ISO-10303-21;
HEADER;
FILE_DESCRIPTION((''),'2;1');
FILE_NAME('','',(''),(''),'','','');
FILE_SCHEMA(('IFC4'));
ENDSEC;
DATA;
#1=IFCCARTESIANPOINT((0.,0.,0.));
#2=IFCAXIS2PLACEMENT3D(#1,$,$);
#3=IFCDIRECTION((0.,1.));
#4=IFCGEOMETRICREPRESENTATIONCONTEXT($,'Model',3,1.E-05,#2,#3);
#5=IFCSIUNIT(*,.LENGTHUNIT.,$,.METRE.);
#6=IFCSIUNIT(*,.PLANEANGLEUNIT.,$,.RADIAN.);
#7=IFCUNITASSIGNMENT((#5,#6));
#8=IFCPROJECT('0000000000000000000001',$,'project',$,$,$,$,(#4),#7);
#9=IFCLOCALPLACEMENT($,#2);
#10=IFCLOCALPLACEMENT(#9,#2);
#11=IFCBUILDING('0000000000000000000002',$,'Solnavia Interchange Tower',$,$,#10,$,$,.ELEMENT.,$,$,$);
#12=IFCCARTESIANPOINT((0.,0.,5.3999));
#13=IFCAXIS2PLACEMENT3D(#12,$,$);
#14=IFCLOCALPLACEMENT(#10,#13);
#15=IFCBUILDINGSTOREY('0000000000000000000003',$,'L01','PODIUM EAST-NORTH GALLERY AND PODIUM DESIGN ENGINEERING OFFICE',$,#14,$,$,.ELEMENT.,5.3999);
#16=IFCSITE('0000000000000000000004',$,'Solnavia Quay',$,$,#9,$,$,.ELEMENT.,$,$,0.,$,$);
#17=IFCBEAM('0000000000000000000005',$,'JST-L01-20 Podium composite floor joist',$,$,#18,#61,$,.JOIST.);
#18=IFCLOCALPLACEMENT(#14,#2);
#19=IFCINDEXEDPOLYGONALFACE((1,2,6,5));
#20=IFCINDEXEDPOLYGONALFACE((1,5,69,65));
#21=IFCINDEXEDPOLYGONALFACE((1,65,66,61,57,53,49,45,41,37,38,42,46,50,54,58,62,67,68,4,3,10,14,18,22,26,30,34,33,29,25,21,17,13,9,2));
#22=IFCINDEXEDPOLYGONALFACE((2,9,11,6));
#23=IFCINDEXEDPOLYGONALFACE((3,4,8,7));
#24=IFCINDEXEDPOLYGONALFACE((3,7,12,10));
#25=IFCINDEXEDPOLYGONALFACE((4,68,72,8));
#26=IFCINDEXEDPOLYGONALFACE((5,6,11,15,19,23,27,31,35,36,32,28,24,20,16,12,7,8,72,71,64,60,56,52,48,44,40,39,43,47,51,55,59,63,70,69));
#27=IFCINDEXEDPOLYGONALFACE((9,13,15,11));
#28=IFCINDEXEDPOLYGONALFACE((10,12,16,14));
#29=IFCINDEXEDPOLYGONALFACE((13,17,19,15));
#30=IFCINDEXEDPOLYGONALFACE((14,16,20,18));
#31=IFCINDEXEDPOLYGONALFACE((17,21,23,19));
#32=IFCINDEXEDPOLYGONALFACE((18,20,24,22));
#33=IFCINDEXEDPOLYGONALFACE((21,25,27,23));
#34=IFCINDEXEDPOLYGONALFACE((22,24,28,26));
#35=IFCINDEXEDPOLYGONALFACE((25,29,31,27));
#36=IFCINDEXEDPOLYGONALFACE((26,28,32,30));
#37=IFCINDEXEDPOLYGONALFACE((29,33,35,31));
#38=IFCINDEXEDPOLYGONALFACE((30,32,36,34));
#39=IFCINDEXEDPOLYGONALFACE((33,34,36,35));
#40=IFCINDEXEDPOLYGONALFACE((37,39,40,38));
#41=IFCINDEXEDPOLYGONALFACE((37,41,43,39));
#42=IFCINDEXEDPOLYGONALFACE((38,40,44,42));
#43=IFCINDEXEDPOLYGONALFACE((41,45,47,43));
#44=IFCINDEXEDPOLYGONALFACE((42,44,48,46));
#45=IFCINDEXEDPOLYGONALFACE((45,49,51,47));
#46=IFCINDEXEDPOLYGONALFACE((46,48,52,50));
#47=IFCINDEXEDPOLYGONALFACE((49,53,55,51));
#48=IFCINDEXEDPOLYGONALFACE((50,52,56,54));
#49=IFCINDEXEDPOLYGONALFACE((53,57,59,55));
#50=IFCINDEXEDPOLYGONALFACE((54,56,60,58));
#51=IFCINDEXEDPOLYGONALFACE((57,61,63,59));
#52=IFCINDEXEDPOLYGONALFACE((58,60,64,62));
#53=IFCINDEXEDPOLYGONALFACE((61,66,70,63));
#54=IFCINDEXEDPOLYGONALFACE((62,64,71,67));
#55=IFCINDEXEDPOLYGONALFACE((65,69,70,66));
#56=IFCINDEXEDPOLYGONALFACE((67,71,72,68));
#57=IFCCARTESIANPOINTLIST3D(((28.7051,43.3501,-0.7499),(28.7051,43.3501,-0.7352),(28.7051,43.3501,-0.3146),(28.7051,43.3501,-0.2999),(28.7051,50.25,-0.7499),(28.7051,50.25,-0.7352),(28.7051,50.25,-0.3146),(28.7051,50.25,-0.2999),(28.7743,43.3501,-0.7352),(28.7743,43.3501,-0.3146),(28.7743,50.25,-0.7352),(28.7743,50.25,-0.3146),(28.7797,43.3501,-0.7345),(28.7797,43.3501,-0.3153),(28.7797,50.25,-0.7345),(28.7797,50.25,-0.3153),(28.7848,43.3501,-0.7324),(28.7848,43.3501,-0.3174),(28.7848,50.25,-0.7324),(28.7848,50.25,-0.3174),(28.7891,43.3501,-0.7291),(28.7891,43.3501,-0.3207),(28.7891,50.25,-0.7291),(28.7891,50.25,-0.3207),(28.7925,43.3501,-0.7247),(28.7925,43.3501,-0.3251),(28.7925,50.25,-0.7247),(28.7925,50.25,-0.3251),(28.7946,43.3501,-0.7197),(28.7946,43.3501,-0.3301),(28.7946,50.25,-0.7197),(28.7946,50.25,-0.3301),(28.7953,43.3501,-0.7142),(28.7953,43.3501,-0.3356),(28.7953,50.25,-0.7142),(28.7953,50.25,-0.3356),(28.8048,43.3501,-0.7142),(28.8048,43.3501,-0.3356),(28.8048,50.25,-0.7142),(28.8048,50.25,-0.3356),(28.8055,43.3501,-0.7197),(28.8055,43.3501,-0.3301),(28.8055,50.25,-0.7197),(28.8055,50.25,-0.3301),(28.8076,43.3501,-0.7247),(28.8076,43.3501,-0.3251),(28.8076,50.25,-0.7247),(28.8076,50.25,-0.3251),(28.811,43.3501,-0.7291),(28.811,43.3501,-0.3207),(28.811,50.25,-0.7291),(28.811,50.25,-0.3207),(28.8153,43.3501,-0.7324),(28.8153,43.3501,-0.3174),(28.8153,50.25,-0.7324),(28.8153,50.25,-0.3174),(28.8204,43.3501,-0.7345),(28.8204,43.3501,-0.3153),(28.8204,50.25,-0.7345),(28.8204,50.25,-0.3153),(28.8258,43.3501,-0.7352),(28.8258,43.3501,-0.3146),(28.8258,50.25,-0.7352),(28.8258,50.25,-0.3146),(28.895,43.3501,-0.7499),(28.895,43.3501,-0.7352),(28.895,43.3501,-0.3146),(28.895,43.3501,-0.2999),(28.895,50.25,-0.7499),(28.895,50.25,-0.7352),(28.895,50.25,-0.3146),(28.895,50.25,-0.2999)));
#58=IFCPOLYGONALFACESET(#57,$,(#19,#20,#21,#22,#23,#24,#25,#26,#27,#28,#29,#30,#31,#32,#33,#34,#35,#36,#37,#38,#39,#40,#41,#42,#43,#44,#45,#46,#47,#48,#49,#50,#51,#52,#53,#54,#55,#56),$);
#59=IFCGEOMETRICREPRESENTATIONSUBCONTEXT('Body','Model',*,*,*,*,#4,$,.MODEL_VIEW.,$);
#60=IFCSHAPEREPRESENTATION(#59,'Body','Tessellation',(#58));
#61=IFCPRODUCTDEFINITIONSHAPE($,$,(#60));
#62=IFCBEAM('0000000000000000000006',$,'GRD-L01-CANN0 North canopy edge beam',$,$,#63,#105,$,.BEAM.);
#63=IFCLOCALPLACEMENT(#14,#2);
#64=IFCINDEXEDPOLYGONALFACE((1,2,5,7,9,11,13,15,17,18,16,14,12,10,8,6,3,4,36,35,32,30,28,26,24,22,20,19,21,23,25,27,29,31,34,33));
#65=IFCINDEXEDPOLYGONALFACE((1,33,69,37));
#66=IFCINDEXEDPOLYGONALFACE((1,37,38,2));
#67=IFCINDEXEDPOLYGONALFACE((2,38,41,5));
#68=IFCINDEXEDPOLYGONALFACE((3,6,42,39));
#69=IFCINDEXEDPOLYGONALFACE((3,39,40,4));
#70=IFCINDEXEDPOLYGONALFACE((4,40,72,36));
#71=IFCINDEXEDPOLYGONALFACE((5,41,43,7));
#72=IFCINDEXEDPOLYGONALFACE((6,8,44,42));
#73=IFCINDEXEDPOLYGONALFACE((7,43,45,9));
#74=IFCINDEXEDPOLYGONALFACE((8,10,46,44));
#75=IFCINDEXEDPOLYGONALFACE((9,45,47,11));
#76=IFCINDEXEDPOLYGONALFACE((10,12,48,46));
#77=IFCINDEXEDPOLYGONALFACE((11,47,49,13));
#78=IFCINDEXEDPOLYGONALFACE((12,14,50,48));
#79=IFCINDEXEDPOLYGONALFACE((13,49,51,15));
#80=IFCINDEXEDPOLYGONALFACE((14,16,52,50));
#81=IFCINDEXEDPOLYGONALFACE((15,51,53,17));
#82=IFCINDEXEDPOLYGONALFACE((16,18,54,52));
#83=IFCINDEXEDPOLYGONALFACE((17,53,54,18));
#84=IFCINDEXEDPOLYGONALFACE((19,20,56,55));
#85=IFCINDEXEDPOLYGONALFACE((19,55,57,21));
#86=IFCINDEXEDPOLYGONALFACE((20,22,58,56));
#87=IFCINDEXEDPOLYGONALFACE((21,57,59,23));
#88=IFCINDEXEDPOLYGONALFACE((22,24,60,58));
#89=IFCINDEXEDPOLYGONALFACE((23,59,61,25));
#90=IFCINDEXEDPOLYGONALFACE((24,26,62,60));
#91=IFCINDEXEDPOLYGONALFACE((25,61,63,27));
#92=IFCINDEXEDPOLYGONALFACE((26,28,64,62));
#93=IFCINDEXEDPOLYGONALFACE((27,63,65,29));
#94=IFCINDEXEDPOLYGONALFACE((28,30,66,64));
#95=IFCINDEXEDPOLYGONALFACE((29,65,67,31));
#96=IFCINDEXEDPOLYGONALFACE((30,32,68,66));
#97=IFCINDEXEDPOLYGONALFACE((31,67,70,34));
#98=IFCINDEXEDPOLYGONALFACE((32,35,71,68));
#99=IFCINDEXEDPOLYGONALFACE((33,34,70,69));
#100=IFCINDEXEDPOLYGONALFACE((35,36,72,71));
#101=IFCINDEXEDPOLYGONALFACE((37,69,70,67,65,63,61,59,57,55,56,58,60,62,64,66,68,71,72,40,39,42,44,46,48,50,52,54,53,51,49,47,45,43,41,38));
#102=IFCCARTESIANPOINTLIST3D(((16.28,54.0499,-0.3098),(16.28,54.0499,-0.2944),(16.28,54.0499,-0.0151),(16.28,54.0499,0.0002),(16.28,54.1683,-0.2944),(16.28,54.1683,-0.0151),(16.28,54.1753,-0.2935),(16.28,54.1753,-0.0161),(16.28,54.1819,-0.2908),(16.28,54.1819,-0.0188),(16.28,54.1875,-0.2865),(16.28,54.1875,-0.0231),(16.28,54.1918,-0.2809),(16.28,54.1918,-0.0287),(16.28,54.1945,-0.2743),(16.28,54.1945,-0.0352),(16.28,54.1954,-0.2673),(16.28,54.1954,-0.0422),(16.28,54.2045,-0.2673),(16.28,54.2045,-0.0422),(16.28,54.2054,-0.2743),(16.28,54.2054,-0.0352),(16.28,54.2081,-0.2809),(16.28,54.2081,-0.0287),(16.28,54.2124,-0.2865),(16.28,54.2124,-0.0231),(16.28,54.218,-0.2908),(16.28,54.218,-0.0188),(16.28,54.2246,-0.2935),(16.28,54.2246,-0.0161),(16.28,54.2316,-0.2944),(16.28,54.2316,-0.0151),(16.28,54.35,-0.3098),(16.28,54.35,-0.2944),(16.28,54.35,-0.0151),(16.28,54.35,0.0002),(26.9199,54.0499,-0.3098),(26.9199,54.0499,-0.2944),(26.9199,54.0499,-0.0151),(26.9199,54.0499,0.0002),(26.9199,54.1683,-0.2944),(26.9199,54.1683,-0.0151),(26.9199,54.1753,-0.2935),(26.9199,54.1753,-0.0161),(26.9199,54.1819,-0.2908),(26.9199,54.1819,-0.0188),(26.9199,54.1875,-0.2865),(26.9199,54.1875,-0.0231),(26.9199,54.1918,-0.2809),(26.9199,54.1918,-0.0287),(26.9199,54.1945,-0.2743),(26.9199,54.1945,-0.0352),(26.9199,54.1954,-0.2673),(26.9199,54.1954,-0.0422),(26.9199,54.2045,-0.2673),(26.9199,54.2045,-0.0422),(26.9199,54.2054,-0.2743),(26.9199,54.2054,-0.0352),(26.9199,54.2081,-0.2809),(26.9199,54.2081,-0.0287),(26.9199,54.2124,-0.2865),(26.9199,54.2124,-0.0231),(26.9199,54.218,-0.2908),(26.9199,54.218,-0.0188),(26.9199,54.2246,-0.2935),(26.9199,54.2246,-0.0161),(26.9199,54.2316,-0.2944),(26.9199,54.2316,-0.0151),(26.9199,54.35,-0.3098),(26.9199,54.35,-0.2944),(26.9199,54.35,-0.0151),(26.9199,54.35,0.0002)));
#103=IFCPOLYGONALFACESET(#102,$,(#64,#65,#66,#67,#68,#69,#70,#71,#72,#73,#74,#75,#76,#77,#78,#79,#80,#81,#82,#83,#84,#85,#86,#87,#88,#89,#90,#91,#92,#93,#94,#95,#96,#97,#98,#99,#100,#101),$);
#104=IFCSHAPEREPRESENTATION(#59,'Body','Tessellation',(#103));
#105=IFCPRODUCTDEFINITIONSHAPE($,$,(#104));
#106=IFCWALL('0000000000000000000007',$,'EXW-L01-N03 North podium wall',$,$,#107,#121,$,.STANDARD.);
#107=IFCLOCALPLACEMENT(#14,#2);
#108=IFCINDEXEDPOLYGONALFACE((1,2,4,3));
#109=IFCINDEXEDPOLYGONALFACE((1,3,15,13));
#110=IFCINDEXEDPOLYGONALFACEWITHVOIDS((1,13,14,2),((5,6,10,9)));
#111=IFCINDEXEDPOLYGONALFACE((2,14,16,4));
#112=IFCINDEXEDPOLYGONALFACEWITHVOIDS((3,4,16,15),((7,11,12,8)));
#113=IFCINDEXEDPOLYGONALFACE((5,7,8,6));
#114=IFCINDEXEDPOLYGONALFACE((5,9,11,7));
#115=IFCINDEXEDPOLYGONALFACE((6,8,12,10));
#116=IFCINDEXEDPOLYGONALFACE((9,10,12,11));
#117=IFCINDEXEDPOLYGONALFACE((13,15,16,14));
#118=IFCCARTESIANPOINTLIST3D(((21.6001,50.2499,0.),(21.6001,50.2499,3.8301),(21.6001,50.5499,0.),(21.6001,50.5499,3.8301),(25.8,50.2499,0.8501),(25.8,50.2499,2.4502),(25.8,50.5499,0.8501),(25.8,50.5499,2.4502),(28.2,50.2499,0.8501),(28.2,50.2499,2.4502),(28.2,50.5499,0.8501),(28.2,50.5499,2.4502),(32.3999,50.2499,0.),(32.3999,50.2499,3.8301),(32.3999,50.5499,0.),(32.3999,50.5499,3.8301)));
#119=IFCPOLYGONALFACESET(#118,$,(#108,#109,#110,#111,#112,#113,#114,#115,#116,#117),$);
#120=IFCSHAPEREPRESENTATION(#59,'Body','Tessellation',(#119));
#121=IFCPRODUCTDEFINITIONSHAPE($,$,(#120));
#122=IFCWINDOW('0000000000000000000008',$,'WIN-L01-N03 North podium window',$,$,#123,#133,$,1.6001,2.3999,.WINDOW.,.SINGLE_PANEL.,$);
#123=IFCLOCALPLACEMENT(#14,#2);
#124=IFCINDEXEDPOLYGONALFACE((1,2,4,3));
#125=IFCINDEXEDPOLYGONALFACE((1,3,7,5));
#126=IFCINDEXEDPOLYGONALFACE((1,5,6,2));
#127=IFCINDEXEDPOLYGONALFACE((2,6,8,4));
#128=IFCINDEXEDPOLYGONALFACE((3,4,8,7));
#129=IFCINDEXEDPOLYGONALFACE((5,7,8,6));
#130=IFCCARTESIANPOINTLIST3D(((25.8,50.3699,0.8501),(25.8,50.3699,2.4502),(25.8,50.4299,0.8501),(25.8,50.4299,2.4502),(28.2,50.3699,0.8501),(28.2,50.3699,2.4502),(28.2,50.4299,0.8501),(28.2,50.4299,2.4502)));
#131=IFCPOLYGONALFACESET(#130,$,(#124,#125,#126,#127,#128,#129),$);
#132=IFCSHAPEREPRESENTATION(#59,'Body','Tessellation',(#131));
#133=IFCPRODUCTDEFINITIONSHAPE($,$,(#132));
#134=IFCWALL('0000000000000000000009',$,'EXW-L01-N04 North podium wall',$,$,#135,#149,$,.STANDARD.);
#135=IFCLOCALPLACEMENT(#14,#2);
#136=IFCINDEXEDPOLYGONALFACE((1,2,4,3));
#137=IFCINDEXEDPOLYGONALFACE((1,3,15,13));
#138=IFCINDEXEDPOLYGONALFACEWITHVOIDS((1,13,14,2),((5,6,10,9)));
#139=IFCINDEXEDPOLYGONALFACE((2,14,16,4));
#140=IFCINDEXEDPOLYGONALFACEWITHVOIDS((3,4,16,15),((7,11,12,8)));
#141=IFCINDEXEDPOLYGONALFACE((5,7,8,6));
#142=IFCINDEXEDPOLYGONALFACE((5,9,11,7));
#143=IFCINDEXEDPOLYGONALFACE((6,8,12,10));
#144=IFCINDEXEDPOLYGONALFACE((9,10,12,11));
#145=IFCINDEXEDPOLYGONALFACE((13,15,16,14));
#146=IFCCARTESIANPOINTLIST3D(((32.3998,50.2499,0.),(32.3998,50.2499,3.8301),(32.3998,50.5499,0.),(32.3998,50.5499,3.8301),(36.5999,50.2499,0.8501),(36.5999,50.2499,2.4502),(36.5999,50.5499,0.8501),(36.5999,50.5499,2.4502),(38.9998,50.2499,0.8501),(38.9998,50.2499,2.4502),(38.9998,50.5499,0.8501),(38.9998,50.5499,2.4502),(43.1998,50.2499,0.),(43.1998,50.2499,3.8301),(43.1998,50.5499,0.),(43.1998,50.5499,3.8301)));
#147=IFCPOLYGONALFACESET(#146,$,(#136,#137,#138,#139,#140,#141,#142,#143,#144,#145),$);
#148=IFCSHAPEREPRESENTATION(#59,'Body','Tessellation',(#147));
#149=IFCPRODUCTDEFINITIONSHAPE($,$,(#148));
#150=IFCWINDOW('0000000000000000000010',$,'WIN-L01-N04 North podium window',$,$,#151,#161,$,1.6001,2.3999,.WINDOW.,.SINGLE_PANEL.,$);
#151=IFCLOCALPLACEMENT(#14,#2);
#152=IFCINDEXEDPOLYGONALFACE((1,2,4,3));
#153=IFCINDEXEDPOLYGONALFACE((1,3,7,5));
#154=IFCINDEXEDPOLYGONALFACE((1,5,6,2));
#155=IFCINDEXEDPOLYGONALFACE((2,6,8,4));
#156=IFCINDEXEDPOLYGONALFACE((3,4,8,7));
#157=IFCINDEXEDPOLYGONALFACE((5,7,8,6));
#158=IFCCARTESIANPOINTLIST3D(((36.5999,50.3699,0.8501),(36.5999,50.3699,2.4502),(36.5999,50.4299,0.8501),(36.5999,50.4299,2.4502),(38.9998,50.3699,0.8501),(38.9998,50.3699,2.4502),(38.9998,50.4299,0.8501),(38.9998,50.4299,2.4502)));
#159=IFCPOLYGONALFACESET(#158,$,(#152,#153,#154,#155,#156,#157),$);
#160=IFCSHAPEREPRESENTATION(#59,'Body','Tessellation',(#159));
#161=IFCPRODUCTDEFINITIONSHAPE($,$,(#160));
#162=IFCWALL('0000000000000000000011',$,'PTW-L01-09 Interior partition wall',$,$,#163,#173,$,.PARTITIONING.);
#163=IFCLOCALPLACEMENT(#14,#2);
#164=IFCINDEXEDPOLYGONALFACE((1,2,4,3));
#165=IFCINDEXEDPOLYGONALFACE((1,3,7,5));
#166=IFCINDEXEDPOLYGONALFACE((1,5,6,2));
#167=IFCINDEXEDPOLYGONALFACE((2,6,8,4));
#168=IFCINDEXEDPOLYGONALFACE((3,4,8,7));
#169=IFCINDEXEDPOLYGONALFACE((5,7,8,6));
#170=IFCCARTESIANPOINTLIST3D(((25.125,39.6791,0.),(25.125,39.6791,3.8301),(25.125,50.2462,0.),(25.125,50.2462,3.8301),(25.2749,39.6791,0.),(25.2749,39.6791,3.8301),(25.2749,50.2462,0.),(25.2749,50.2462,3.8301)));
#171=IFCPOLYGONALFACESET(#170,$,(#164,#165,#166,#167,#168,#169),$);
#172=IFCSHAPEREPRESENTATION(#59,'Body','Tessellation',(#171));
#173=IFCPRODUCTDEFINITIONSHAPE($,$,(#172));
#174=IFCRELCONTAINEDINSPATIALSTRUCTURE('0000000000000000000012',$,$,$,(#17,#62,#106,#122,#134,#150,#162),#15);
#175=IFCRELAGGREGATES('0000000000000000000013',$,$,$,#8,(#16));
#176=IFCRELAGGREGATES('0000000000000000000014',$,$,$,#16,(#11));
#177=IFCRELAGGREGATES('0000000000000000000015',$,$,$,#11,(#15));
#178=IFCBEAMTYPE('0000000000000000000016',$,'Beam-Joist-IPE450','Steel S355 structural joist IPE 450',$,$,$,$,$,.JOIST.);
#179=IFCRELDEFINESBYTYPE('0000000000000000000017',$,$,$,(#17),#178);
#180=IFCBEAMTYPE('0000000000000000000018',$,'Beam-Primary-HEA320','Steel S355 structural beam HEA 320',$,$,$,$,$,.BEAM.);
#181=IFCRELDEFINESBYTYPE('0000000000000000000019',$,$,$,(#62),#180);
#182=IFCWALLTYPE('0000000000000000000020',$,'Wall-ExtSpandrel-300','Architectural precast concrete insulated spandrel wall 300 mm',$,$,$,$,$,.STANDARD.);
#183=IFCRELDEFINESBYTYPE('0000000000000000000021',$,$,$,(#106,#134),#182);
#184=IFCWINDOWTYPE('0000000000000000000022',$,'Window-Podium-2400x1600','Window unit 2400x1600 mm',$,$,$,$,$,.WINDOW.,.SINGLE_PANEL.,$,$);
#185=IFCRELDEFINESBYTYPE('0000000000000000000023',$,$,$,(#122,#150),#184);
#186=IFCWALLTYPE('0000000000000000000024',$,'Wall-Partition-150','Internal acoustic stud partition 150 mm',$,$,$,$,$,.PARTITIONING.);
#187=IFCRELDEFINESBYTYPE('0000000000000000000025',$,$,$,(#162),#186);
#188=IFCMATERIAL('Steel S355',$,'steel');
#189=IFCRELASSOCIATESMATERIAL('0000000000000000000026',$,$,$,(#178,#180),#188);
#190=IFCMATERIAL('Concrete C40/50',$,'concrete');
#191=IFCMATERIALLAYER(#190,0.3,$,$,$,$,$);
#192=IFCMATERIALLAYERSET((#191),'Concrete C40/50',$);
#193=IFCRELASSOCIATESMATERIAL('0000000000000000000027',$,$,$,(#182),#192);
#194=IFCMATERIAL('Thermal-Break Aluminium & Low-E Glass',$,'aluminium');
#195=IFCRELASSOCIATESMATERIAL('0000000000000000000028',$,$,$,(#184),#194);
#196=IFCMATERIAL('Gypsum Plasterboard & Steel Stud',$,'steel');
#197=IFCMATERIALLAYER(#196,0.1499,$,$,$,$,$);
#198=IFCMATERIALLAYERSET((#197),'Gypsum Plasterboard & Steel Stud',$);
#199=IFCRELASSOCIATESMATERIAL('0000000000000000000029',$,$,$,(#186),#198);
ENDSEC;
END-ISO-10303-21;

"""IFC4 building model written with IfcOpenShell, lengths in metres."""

from ifc_helpers import new_model, si_unit, direction, frame, frame_2d, origin, origin_2d, place, context, subcontext, project, spatial, rectangle, i_section, extrude, material, layer, layer_set, material_profile, profile_set, type_object, element, fill, save


model = new_model("IFC4")

# Units and contexts
model_context = context("Model", 3, precision=1e-05, world=origin(), true_north=direction((0.0, 1.0)))
body_context = subcontext(model_context, "Body", "Model", "MODEL_VIEW")
ifc_project = project(units=[si_unit("LENGTHUNIT", "METRE"), si_unit("PLANEANGLEUNIT", "RADIAN")], contexts=[model_context])

# Site, building, storey
site_placement = place(None, origin())
site = spatial("IfcSite", under=ifc_project, at=site_placement, Name="Solnavia Quay", CompositionType="ELEMENT", RefElevation=0.0)
building_placement = place(site_placement, origin())
building = spatial("IfcBuilding", under=site, at=building_placement, Name="Solnavia Interchange Tower", CompositionType="ELEMENT")
storey_placement = place(building_placement, frame((0.0, 0.0, 5.3999)))
storey = spatial("IfcBuildingStorey", under=building, at=storey_placement, Name="L01", Description="PODIUM EAST-NORTH GALLERY AND PODIUM DESIGN ENGINEERING OFFICE", CompositionType="ELEMENT", Elevation=5.3999)

# Beams
ifc_material_1 = material(Name="Steel S355", Category="steel")
ifc_material_profile_1 = material_profile(ifc_material_1, i_section(OverallWidth=0.1899, OverallDepth=0.45, WebThickness=0.0095, FlangeThickness=0.0146, FilletRadius=0.021, at=origin_2d()), Name="IPE 450")
ifc_profile_set_1 = profile_set([ifc_material_profile_1], Name="Steel S355")
beam_type_1 = type_object("IfcBeamType", Name="Beam-Joist-IPE450", Description="Steel S355 structural joist IPE 450", PredefinedType="JOIST", material=ifc_profile_set_1)
beam_1_placement = place(storey_placement, frame((28.8, 43.3501, -0.5249), z_axis=(0.0, 1.0, 0.0), x_axis=(-1.0, 0.0, 0.0)))
element("IfcBeam", 1, at=beam_1_placement, inside=storey, type_object=beam_type_1, Name="JST-L01-20 Podium composite floor joist", PredefinedType="JOIST", context=body_context, shape_type="SweptSolid", body=[
    extrude(i_section(OverallWidth=0.1899, OverallDepth=0.45, WebThickness=0.0095, FlangeThickness=0.0146, FilletRadius=0.021, at=origin_2d()), origin(), (0.0, 0.0, 1.0), 6.8999),
])
ifc_material_profile_2 = material_profile(ifc_material_1, i_section(OverallWidth=0.3, OverallDepth=0.3101, WebThickness=0.009, FlangeThickness=0.0154, FilletRadius=0.0271, at=origin_2d()), Name="HEA 320")
ifc_profile_set_2 = profile_set([ifc_material_profile_2], Name="Steel S355")
beam_type_2 = type_object("IfcBeamType", Name="Beam-Primary-HEA320", Description="Steel S355 structural beam HEA 320", PredefinedType="BEAM", material=ifc_profile_set_2)
beam_2_placement = place(storey_placement, frame((16.28, 54.2, -0.1548), z_axis=(1.0, 0.0, 0.0), x_axis=(0.0, 1.0, 0.0)))
element("IfcBeam", 2, at=beam_2_placement, inside=storey, type_object=beam_type_2, Name="GRD-L01-CANN0 North canopy edge beam", PredefinedType="BEAM", context=body_context, shape_type="SweptSolid", body=[
    extrude(i_section(OverallWidth=0.3, OverallDepth=0.3101, WebThickness=0.009, FlangeThickness=0.0154, FilletRadius=0.0271, at=origin_2d()), origin(), (0.0, 0.0, 1.0), 10.6399),
])

# Walls, openings, windows
ifc_material_2 = material(Name="Concrete C40/50", Category="concrete")
ifc_layer_1 = layer(ifc_material_2, 0.3)
ifc_layer_set_1 = layer_set([ifc_layer_1], Name="Concrete C40/50")
wall_type_1 = type_object("IfcWallType", Name="Wall-ExtSpandrel-300", Description="Architectural precast concrete insulated spandrel wall 300 mm", PredefinedType="STANDARD", material=ifc_layer_set_1)
wall_1_placement = place(storey_placement, frame((21.6001, 50.3999, 0.0), z_axis=(0.0, 0.0, 1.0), x_axis=(1.0, 0.0, 0.0)))
wall_1 = element("IfcWall", 3, at=wall_1_placement, inside=storey, type_object=wall_type_1, Name="EXW-L01-N03 North podium wall", PredefinedType="STANDARD", context=body_context, shape_type="SweptSolid", body=[
    extrude(rectangle(XDim=10.7998, YDim=0.3, at=frame_2d((5.3999, 0.0))), origin(), (0.0, 0.0, 1.0), 3.8301),
])
opening_1_placement = place(wall_1_placement, frame((4.2, 0.0, 0.8501)))
opening_1 = element("IfcOpeningElement", 4, at=opening_1_placement, cuts=wall_1, PredefinedType="OPENING", context=body_context, shape_type="SweptSolid", body=[
    extrude(rectangle(XDim=2.3999, YDim=1.6001, at=frame_2d((1.2, 0.8))), frame((0.0, 0.1602, 0.0), z_axis=(0.0, -1.0, 0.0), x_axis=(1.0, 0.0, 0.0)), (0.0, 0.0, 1.0), 0.3201),
])
ifc_material_3 = material(Name="Thermal-Break Aluminium & Low-E Glass", Category="aluminium")
window_type = type_object("IfcWindowType", Name="Window-Podium-2400x1600", Description="Window unit 2400x1600 mm", PartitioningType="SINGLE_PANEL", PredefinedType="WINDOW", material=ifc_material_3)
window_1_placement = place(opening_1_placement, origin())
window_1 = element("IfcWindow", 5, at=window_1_placement, inside=storey, type_object=window_type, Name="WIN-L01-N03 North podium window", OverallHeight=1.6001, OverallWidth=2.3999, PartitioningType="SINGLE_PANEL", PredefinedType="WINDOW", context=body_context, shape_type="SweptSolid", body=[
    extrude(rectangle(XDim=2.3999, YDim=1.6001, at=frame_2d((1.2, 0.8))), frame((0.0, 0.03, 0.0), z_axis=(0.0, -1.0, 0.0), x_axis=(1.0, 0.0, 0.0)), (0.0, 0.0, 1.0), 0.0601),
])
fill(opening_1, window_1)
wall_2_placement = place(storey_placement, frame((32.3999, 50.3999, 0.0), z_axis=(0.0, 0.0, 1.0), x_axis=(1.0, 0.0, 0.0)))
wall_2 = element("IfcWall", 6, at=wall_2_placement, inside=storey, type_object=wall_type_1, Name="EXW-L01-N04 North podium wall", PredefinedType="STANDARD", context=body_context, shape_type="SweptSolid", body=[
    extrude(rectangle(XDim=10.8, YDim=0.3, at=frame_2d((5.3999, 0.0))), origin(), (0.0, 0.0, 1.0), 3.8301),
])
opening_2_placement = place(wall_2_placement, frame((4.2, 0.0, 0.8501)))
opening_2 = element("IfcOpeningElement", 7, at=opening_2_placement, cuts=wall_2, PredefinedType="OPENING", context=body_context, shape_type="SweptSolid", body=[
    extrude(rectangle(XDim=2.3999, YDim=1.6001, at=frame_2d((1.2, 0.8))), frame((0.0, 0.1602, 0.0), z_axis=(0.0, -1.0, 0.0), x_axis=(1.0, 0.0, 0.0)), (0.0, 0.0, 1.0), 0.3201),
])
window_2_placement = place(opening_2_placement, origin())
window_2 = element("IfcWindow", 8, at=window_2_placement, inside=storey, type_object=window_type, Name="WIN-L01-N04 North podium window", OverallHeight=1.6001, OverallWidth=2.3999, PartitioningType="SINGLE_PANEL", PredefinedType="WINDOW", context=body_context, shape_type="SweptSolid", body=[
    extrude(rectangle(XDim=2.3999, YDim=1.6001, at=frame_2d((1.2, 0.8))), frame((0.0, 0.03, 0.0), z_axis=(0.0, -1.0, 0.0), x_axis=(1.0, 0.0, 0.0)), (0.0, 0.0, 1.0), 0.0601),
])
fill(opening_2, window_2)

# Wall
ifc_material_4 = material(Name="Gypsum Plasterboard & Steel Stud", Category="steel")
ifc_layer_2 = layer(ifc_material_4, 0.1499)
ifc_layer_set_2 = layer_set([ifc_layer_2], Name="Gypsum Plasterboard & Steel Stud")
wall_type_2 = type_object("IfcWallType", Name="Wall-Partition-150", Description="Internal acoustic stud partition 150 mm", PredefinedType="PARTITIONING", material=ifc_layer_set_2)
wall_3_placement = place(storey_placement, frame((25.2, 39.679, 0.0), z_axis=(0.0, 0.0, 1.0), x_axis=(0.0, 1.0, 0.0)))
element("IfcWall", 9, at=wall_3_placement, inside=storey, type_object=wall_type_2, Name="PTW-L01-09 Interior partition wall", PredefinedType="PARTITIONING", context=body_context, shape_type="SweptSolid", body=[
    extrude(rectangle(XDim=10.5671, YDim=0.1499, at=frame_2d((5.2837, 0.0))), origin(), (0.0, 0.0, 1.0), 3.8301),
])

save(model, "model.ifc")
